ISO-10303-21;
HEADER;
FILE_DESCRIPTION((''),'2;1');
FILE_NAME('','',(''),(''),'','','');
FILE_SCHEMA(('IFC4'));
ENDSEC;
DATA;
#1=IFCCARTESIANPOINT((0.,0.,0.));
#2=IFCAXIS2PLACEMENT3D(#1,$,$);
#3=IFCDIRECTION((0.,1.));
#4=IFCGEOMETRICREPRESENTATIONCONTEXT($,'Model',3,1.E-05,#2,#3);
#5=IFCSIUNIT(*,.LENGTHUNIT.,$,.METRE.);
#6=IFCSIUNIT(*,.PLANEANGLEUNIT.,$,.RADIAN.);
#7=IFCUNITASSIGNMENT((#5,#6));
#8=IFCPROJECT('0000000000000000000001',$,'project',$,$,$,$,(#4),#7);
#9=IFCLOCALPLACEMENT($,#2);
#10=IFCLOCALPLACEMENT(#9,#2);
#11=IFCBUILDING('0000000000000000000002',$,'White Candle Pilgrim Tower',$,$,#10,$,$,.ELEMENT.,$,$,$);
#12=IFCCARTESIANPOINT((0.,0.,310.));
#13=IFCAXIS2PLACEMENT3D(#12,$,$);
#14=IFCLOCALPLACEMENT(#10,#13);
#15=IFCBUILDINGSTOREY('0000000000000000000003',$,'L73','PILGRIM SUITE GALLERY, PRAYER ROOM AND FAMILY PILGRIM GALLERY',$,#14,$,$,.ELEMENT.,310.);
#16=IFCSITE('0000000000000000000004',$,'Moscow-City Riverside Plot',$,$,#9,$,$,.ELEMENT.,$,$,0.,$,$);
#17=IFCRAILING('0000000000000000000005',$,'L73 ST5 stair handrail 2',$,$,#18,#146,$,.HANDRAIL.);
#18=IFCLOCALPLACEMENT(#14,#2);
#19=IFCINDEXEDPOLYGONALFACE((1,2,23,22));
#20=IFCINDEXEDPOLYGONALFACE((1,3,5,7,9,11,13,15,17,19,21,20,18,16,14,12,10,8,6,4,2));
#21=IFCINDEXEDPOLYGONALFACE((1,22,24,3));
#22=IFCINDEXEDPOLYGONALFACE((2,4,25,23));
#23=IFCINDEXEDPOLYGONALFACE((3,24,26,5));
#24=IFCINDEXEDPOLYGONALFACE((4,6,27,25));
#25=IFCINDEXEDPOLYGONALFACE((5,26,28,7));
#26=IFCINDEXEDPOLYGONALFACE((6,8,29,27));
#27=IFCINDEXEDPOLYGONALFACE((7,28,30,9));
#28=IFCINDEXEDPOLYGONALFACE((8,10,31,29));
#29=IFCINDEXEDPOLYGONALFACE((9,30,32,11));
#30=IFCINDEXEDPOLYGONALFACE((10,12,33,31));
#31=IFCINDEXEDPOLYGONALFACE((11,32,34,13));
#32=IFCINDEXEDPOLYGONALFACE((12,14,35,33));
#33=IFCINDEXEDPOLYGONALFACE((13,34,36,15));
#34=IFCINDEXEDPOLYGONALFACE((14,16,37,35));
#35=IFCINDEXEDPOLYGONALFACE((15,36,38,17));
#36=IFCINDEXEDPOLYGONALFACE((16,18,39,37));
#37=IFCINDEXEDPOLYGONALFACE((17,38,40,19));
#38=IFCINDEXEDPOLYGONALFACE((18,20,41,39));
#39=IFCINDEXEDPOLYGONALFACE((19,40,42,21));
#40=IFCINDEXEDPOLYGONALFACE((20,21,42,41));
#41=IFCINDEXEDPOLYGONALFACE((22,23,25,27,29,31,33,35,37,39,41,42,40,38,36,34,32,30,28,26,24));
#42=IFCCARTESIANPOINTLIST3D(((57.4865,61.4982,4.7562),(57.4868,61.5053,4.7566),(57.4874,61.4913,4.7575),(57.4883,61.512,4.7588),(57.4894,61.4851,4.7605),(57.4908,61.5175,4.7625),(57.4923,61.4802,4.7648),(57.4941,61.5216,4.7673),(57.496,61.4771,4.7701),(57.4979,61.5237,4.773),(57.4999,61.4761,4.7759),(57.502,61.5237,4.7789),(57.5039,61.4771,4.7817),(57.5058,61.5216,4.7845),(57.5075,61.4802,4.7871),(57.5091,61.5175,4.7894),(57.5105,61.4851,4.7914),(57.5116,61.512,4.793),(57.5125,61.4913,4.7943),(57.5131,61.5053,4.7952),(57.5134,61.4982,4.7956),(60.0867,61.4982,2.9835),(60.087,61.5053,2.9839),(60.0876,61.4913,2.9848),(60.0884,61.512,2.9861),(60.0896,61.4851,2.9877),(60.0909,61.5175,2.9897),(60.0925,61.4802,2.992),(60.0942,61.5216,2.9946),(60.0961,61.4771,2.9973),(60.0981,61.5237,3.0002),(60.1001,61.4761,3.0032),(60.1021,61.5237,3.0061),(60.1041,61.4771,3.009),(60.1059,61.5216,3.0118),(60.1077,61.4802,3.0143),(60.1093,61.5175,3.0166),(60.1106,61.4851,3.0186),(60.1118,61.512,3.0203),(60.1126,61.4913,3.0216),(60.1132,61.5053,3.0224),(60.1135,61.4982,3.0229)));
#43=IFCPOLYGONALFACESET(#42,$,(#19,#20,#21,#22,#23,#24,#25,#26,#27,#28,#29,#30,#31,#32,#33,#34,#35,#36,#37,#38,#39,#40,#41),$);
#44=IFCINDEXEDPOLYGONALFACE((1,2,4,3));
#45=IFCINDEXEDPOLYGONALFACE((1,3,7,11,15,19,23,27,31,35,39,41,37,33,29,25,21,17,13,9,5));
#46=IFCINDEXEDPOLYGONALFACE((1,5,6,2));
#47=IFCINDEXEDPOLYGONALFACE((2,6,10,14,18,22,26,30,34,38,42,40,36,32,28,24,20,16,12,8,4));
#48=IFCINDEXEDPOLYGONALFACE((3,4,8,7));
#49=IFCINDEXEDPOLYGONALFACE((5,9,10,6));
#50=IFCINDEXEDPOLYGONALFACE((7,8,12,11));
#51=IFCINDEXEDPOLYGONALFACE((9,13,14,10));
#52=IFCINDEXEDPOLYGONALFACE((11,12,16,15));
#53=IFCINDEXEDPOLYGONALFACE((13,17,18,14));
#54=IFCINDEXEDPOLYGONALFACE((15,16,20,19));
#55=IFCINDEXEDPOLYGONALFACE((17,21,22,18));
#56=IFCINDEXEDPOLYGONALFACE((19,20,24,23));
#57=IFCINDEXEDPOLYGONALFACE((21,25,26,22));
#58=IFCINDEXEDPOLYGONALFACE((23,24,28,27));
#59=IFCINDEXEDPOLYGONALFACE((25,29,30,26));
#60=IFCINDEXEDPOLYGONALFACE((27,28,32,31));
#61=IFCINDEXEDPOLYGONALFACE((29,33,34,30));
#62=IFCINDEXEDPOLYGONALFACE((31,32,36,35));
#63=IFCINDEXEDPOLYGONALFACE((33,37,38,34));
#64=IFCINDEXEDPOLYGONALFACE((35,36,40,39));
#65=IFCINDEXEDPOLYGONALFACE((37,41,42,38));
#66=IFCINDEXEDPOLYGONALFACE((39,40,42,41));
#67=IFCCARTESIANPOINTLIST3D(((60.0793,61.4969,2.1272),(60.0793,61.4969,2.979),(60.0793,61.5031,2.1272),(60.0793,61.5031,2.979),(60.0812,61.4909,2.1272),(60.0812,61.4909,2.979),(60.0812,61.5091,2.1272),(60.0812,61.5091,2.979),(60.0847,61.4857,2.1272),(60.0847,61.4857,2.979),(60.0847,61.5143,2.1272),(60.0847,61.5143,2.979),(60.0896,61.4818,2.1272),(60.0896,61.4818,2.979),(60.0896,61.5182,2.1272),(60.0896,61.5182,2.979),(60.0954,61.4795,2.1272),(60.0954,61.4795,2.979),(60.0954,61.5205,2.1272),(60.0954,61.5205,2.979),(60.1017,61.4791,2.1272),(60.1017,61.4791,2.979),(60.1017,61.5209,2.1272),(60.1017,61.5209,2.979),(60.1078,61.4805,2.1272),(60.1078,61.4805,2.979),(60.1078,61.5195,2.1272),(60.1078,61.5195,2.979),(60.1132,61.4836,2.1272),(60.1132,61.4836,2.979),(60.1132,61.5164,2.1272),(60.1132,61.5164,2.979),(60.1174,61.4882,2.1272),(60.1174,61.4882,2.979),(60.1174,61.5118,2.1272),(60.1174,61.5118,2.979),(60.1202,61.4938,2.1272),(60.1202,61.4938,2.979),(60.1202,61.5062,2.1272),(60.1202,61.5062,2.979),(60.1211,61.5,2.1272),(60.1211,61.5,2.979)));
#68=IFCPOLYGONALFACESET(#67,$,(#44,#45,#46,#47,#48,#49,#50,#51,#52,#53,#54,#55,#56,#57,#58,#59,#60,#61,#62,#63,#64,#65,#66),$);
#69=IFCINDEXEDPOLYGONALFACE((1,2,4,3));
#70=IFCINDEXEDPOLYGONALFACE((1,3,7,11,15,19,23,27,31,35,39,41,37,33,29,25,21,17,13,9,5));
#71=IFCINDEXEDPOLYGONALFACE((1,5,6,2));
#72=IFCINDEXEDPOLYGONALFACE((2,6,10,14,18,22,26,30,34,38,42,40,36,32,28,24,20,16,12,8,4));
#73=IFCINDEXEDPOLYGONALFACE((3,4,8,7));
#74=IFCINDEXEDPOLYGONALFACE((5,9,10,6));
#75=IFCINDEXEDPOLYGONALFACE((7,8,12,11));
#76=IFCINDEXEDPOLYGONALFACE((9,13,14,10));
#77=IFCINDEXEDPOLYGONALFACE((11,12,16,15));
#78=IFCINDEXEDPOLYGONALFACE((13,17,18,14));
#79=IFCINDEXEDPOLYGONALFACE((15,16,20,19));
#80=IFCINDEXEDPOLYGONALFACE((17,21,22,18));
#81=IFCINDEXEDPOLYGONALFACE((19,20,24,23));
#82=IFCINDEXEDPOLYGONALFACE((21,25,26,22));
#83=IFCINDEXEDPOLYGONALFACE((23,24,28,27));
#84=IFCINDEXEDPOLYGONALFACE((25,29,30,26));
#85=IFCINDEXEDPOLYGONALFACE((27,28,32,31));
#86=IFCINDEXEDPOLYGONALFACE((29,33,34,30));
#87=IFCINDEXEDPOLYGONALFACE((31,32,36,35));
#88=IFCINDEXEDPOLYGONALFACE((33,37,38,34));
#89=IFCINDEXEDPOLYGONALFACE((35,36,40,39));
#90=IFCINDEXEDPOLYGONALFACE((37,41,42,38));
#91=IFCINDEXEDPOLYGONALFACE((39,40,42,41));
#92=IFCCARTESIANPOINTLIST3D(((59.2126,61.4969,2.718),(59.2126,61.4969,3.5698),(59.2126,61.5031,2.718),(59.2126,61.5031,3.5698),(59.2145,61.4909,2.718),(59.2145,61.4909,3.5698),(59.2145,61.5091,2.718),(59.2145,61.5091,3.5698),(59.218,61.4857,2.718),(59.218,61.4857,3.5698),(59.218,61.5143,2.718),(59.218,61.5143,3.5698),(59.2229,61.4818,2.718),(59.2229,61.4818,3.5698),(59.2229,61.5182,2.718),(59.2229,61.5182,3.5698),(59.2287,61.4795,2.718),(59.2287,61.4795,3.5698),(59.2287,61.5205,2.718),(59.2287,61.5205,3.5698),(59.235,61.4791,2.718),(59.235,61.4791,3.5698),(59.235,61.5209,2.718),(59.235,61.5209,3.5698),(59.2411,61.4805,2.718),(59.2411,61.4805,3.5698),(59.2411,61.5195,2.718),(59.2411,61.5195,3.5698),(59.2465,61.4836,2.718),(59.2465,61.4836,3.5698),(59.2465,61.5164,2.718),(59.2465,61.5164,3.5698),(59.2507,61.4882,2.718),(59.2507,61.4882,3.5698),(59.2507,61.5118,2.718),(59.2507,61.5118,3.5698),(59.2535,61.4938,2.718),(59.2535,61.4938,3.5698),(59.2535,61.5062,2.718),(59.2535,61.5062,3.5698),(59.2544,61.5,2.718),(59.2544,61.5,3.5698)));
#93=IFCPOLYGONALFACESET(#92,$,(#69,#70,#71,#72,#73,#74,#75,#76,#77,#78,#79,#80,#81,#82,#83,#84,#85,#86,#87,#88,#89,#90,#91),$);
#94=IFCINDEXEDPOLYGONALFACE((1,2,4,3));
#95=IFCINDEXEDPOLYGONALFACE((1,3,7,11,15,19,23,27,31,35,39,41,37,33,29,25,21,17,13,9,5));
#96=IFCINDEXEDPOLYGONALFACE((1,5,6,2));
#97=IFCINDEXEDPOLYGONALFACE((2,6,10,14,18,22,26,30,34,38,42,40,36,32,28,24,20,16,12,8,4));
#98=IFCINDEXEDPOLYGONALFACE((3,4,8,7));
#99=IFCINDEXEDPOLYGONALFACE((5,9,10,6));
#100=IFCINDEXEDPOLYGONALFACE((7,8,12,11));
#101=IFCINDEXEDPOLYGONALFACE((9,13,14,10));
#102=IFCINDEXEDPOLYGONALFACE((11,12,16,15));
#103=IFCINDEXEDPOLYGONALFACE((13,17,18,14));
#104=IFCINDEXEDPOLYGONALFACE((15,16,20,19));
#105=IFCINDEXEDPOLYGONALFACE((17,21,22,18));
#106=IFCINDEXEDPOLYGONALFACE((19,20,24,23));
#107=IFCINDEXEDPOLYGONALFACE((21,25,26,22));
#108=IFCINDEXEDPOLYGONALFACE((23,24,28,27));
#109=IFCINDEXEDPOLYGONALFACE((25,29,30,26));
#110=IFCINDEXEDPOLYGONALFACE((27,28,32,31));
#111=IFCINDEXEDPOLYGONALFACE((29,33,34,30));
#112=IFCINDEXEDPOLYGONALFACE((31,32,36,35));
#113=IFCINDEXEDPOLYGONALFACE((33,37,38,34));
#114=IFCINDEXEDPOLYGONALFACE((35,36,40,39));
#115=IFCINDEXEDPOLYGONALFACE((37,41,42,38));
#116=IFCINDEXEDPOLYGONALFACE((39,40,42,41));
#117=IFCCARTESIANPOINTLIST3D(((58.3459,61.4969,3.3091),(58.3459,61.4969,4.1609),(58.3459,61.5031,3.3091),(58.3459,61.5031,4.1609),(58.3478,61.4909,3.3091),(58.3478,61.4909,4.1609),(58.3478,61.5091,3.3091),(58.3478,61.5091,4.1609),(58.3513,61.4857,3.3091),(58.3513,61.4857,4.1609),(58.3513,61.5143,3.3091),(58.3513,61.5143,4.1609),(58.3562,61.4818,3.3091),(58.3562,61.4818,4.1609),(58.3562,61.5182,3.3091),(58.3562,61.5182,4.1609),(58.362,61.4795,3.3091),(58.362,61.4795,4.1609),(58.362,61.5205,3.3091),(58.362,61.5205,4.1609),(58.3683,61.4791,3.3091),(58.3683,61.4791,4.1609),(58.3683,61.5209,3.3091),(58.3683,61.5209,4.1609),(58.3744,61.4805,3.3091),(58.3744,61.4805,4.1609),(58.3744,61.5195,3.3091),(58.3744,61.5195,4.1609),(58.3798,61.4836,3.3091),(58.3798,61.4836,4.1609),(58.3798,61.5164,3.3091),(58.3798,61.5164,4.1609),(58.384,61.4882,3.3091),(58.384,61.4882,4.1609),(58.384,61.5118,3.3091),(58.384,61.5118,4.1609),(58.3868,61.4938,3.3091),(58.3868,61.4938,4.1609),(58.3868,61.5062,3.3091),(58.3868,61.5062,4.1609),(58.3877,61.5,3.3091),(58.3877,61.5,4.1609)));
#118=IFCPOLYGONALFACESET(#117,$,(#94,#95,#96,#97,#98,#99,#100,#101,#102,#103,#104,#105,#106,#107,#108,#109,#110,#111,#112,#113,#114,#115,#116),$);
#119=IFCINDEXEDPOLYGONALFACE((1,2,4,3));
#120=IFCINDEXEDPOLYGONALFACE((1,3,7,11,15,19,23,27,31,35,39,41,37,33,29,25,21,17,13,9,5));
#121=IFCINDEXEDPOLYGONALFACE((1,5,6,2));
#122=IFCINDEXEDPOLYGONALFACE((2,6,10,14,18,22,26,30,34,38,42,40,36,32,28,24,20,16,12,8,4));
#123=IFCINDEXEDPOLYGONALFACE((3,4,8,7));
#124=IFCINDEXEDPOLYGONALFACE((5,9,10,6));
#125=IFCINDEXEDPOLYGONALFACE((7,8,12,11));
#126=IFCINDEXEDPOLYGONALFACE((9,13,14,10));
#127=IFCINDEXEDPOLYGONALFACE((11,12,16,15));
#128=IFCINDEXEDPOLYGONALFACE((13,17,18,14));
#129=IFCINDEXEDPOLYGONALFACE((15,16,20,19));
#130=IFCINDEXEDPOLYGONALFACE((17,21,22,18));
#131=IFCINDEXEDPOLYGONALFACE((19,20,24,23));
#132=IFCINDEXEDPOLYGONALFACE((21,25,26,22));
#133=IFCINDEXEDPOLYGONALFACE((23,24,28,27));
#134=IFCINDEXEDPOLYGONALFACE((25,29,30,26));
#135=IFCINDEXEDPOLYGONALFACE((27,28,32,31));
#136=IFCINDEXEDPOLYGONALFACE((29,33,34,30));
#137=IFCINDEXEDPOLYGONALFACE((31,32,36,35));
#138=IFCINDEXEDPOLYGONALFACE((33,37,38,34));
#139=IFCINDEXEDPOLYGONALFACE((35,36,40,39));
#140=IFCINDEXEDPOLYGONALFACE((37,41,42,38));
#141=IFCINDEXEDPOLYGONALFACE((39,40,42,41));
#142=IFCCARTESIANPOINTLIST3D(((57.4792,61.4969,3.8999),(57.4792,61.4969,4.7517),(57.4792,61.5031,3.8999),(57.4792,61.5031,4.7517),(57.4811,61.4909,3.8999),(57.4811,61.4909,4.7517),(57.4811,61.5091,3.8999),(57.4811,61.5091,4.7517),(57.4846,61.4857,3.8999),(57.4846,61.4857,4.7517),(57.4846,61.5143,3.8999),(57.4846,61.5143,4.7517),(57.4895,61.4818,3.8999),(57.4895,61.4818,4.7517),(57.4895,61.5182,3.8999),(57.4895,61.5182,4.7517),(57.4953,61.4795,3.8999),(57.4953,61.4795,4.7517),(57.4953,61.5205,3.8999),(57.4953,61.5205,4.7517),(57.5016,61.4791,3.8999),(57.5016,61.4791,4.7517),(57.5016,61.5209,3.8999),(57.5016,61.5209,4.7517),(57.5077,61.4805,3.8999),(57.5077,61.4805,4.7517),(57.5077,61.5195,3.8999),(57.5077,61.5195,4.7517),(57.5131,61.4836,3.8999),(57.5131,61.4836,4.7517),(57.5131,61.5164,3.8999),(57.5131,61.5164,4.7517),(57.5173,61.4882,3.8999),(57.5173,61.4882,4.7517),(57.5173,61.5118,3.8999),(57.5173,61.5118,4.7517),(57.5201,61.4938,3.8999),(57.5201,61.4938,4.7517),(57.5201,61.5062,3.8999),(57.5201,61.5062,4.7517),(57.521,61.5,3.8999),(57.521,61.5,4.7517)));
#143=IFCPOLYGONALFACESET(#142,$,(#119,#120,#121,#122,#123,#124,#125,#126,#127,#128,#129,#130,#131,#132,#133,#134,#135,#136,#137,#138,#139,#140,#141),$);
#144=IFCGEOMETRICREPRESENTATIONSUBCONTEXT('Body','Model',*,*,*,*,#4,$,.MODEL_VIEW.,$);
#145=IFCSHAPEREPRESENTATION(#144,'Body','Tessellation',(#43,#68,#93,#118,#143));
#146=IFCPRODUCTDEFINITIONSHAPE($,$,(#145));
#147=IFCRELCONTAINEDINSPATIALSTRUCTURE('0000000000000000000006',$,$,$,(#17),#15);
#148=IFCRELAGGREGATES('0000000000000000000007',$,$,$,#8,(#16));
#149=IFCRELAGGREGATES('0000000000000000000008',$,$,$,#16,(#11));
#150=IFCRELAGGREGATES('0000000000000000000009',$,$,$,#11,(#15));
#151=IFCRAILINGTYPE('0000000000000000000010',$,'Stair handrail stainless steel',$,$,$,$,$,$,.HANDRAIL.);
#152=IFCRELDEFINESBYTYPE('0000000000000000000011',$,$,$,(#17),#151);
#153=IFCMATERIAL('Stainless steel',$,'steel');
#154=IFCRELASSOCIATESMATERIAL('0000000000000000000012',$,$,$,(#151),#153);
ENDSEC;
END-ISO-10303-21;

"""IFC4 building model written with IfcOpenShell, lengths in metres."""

from ifc_helpers import new_model, si_unit, direction, frame, origin, origin_2d, place, context, subcontext, project, spatial, circle, extrude, material, type_object, element, save


model = new_model("IFC4")

# Units and contexts
model_context = context("Model", 3, precision=1e-05, world=origin(), true_north=direction((0.0, 1.0)))
body_context = subcontext(model_context, "Body", "Model", "MODEL_VIEW")
ifc_project = project(units=[si_unit("LENGTHUNIT", "METRE"), si_unit("PLANEANGLEUNIT", "RADIAN")], contexts=[model_context])

# Site, building, storey
site_placement = place(None, origin())
site = spatial("IfcSite", under=ifc_project, at=site_placement, Name="Moscow-City Riverside Plot", CompositionType="ELEMENT", RefElevation=0.0)
building_placement = place(site_placement, origin())
building = spatial("IfcBuilding", under=site, at=building_placement, Name="White Candle Pilgrim Tower", CompositionType="ELEMENT")
storey_placement = place(building_placement, frame((0.0, 0.0, 310.0)))
storey = spatial("IfcBuildingStorey", under=building, at=storey_placement, Name="L73", Description="PILGRIM SUITE GALLERY, PRAYER ROOM AND FAMILY PILGRIM GALLERY", CompositionType="ELEMENT", Elevation=310.0)

# Railing
ifc_material_1 = material(Name="Stainless steel", Category="steel")
railing_type_1 = type_object("IfcRailingType", Name="Stair handrail stainless steel", PredefinedType="HANDRAIL", material=ifc_material_1)
railing_1_placement = place(storey_placement, frame((60.1001, 61.5, 2.1272)))
element("IfcRailing", 1, at=railing_1_placement, inside=storey, type_object=railing_type_1, Name="L73 ST5 stair handrail 2", PredefinedType="HANDRAIL", context=body_context, shape_type="SweptSolid", body=[
    extrude(circle(Radius=0.0239, at=origin_2d()), frame((0.0, 0.0, 0.876), z_axis=(-0.82624, 0.0, 0.563318), x_axis=(0.0, -1.0, 0.0)), (0.0, 0.0, 1.0), 3.147),
    extrude(circle(Radius=0.021, at=origin_2d()), origin(), (0.0, 0.0, 1.0), 0.8518),
    extrude(circle(Radius=0.021, at=origin_2d()), frame((-0.8667, 0.0, 0.5908)), (0.0, 0.0, 1.0), 0.8518),
    extrude(circle(Radius=0.021, at=origin_2d()), frame((-1.7334, 0.0, 1.1819)), (0.0, 0.0, 1.0), 0.8518),
    extrude(circle(Radius=0.021, at=origin_2d()), frame((-2.6001, 0.0, 1.7727)), (0.0, 0.0, 1.0), 0.8518),
])

save(model, "model.ifc")
